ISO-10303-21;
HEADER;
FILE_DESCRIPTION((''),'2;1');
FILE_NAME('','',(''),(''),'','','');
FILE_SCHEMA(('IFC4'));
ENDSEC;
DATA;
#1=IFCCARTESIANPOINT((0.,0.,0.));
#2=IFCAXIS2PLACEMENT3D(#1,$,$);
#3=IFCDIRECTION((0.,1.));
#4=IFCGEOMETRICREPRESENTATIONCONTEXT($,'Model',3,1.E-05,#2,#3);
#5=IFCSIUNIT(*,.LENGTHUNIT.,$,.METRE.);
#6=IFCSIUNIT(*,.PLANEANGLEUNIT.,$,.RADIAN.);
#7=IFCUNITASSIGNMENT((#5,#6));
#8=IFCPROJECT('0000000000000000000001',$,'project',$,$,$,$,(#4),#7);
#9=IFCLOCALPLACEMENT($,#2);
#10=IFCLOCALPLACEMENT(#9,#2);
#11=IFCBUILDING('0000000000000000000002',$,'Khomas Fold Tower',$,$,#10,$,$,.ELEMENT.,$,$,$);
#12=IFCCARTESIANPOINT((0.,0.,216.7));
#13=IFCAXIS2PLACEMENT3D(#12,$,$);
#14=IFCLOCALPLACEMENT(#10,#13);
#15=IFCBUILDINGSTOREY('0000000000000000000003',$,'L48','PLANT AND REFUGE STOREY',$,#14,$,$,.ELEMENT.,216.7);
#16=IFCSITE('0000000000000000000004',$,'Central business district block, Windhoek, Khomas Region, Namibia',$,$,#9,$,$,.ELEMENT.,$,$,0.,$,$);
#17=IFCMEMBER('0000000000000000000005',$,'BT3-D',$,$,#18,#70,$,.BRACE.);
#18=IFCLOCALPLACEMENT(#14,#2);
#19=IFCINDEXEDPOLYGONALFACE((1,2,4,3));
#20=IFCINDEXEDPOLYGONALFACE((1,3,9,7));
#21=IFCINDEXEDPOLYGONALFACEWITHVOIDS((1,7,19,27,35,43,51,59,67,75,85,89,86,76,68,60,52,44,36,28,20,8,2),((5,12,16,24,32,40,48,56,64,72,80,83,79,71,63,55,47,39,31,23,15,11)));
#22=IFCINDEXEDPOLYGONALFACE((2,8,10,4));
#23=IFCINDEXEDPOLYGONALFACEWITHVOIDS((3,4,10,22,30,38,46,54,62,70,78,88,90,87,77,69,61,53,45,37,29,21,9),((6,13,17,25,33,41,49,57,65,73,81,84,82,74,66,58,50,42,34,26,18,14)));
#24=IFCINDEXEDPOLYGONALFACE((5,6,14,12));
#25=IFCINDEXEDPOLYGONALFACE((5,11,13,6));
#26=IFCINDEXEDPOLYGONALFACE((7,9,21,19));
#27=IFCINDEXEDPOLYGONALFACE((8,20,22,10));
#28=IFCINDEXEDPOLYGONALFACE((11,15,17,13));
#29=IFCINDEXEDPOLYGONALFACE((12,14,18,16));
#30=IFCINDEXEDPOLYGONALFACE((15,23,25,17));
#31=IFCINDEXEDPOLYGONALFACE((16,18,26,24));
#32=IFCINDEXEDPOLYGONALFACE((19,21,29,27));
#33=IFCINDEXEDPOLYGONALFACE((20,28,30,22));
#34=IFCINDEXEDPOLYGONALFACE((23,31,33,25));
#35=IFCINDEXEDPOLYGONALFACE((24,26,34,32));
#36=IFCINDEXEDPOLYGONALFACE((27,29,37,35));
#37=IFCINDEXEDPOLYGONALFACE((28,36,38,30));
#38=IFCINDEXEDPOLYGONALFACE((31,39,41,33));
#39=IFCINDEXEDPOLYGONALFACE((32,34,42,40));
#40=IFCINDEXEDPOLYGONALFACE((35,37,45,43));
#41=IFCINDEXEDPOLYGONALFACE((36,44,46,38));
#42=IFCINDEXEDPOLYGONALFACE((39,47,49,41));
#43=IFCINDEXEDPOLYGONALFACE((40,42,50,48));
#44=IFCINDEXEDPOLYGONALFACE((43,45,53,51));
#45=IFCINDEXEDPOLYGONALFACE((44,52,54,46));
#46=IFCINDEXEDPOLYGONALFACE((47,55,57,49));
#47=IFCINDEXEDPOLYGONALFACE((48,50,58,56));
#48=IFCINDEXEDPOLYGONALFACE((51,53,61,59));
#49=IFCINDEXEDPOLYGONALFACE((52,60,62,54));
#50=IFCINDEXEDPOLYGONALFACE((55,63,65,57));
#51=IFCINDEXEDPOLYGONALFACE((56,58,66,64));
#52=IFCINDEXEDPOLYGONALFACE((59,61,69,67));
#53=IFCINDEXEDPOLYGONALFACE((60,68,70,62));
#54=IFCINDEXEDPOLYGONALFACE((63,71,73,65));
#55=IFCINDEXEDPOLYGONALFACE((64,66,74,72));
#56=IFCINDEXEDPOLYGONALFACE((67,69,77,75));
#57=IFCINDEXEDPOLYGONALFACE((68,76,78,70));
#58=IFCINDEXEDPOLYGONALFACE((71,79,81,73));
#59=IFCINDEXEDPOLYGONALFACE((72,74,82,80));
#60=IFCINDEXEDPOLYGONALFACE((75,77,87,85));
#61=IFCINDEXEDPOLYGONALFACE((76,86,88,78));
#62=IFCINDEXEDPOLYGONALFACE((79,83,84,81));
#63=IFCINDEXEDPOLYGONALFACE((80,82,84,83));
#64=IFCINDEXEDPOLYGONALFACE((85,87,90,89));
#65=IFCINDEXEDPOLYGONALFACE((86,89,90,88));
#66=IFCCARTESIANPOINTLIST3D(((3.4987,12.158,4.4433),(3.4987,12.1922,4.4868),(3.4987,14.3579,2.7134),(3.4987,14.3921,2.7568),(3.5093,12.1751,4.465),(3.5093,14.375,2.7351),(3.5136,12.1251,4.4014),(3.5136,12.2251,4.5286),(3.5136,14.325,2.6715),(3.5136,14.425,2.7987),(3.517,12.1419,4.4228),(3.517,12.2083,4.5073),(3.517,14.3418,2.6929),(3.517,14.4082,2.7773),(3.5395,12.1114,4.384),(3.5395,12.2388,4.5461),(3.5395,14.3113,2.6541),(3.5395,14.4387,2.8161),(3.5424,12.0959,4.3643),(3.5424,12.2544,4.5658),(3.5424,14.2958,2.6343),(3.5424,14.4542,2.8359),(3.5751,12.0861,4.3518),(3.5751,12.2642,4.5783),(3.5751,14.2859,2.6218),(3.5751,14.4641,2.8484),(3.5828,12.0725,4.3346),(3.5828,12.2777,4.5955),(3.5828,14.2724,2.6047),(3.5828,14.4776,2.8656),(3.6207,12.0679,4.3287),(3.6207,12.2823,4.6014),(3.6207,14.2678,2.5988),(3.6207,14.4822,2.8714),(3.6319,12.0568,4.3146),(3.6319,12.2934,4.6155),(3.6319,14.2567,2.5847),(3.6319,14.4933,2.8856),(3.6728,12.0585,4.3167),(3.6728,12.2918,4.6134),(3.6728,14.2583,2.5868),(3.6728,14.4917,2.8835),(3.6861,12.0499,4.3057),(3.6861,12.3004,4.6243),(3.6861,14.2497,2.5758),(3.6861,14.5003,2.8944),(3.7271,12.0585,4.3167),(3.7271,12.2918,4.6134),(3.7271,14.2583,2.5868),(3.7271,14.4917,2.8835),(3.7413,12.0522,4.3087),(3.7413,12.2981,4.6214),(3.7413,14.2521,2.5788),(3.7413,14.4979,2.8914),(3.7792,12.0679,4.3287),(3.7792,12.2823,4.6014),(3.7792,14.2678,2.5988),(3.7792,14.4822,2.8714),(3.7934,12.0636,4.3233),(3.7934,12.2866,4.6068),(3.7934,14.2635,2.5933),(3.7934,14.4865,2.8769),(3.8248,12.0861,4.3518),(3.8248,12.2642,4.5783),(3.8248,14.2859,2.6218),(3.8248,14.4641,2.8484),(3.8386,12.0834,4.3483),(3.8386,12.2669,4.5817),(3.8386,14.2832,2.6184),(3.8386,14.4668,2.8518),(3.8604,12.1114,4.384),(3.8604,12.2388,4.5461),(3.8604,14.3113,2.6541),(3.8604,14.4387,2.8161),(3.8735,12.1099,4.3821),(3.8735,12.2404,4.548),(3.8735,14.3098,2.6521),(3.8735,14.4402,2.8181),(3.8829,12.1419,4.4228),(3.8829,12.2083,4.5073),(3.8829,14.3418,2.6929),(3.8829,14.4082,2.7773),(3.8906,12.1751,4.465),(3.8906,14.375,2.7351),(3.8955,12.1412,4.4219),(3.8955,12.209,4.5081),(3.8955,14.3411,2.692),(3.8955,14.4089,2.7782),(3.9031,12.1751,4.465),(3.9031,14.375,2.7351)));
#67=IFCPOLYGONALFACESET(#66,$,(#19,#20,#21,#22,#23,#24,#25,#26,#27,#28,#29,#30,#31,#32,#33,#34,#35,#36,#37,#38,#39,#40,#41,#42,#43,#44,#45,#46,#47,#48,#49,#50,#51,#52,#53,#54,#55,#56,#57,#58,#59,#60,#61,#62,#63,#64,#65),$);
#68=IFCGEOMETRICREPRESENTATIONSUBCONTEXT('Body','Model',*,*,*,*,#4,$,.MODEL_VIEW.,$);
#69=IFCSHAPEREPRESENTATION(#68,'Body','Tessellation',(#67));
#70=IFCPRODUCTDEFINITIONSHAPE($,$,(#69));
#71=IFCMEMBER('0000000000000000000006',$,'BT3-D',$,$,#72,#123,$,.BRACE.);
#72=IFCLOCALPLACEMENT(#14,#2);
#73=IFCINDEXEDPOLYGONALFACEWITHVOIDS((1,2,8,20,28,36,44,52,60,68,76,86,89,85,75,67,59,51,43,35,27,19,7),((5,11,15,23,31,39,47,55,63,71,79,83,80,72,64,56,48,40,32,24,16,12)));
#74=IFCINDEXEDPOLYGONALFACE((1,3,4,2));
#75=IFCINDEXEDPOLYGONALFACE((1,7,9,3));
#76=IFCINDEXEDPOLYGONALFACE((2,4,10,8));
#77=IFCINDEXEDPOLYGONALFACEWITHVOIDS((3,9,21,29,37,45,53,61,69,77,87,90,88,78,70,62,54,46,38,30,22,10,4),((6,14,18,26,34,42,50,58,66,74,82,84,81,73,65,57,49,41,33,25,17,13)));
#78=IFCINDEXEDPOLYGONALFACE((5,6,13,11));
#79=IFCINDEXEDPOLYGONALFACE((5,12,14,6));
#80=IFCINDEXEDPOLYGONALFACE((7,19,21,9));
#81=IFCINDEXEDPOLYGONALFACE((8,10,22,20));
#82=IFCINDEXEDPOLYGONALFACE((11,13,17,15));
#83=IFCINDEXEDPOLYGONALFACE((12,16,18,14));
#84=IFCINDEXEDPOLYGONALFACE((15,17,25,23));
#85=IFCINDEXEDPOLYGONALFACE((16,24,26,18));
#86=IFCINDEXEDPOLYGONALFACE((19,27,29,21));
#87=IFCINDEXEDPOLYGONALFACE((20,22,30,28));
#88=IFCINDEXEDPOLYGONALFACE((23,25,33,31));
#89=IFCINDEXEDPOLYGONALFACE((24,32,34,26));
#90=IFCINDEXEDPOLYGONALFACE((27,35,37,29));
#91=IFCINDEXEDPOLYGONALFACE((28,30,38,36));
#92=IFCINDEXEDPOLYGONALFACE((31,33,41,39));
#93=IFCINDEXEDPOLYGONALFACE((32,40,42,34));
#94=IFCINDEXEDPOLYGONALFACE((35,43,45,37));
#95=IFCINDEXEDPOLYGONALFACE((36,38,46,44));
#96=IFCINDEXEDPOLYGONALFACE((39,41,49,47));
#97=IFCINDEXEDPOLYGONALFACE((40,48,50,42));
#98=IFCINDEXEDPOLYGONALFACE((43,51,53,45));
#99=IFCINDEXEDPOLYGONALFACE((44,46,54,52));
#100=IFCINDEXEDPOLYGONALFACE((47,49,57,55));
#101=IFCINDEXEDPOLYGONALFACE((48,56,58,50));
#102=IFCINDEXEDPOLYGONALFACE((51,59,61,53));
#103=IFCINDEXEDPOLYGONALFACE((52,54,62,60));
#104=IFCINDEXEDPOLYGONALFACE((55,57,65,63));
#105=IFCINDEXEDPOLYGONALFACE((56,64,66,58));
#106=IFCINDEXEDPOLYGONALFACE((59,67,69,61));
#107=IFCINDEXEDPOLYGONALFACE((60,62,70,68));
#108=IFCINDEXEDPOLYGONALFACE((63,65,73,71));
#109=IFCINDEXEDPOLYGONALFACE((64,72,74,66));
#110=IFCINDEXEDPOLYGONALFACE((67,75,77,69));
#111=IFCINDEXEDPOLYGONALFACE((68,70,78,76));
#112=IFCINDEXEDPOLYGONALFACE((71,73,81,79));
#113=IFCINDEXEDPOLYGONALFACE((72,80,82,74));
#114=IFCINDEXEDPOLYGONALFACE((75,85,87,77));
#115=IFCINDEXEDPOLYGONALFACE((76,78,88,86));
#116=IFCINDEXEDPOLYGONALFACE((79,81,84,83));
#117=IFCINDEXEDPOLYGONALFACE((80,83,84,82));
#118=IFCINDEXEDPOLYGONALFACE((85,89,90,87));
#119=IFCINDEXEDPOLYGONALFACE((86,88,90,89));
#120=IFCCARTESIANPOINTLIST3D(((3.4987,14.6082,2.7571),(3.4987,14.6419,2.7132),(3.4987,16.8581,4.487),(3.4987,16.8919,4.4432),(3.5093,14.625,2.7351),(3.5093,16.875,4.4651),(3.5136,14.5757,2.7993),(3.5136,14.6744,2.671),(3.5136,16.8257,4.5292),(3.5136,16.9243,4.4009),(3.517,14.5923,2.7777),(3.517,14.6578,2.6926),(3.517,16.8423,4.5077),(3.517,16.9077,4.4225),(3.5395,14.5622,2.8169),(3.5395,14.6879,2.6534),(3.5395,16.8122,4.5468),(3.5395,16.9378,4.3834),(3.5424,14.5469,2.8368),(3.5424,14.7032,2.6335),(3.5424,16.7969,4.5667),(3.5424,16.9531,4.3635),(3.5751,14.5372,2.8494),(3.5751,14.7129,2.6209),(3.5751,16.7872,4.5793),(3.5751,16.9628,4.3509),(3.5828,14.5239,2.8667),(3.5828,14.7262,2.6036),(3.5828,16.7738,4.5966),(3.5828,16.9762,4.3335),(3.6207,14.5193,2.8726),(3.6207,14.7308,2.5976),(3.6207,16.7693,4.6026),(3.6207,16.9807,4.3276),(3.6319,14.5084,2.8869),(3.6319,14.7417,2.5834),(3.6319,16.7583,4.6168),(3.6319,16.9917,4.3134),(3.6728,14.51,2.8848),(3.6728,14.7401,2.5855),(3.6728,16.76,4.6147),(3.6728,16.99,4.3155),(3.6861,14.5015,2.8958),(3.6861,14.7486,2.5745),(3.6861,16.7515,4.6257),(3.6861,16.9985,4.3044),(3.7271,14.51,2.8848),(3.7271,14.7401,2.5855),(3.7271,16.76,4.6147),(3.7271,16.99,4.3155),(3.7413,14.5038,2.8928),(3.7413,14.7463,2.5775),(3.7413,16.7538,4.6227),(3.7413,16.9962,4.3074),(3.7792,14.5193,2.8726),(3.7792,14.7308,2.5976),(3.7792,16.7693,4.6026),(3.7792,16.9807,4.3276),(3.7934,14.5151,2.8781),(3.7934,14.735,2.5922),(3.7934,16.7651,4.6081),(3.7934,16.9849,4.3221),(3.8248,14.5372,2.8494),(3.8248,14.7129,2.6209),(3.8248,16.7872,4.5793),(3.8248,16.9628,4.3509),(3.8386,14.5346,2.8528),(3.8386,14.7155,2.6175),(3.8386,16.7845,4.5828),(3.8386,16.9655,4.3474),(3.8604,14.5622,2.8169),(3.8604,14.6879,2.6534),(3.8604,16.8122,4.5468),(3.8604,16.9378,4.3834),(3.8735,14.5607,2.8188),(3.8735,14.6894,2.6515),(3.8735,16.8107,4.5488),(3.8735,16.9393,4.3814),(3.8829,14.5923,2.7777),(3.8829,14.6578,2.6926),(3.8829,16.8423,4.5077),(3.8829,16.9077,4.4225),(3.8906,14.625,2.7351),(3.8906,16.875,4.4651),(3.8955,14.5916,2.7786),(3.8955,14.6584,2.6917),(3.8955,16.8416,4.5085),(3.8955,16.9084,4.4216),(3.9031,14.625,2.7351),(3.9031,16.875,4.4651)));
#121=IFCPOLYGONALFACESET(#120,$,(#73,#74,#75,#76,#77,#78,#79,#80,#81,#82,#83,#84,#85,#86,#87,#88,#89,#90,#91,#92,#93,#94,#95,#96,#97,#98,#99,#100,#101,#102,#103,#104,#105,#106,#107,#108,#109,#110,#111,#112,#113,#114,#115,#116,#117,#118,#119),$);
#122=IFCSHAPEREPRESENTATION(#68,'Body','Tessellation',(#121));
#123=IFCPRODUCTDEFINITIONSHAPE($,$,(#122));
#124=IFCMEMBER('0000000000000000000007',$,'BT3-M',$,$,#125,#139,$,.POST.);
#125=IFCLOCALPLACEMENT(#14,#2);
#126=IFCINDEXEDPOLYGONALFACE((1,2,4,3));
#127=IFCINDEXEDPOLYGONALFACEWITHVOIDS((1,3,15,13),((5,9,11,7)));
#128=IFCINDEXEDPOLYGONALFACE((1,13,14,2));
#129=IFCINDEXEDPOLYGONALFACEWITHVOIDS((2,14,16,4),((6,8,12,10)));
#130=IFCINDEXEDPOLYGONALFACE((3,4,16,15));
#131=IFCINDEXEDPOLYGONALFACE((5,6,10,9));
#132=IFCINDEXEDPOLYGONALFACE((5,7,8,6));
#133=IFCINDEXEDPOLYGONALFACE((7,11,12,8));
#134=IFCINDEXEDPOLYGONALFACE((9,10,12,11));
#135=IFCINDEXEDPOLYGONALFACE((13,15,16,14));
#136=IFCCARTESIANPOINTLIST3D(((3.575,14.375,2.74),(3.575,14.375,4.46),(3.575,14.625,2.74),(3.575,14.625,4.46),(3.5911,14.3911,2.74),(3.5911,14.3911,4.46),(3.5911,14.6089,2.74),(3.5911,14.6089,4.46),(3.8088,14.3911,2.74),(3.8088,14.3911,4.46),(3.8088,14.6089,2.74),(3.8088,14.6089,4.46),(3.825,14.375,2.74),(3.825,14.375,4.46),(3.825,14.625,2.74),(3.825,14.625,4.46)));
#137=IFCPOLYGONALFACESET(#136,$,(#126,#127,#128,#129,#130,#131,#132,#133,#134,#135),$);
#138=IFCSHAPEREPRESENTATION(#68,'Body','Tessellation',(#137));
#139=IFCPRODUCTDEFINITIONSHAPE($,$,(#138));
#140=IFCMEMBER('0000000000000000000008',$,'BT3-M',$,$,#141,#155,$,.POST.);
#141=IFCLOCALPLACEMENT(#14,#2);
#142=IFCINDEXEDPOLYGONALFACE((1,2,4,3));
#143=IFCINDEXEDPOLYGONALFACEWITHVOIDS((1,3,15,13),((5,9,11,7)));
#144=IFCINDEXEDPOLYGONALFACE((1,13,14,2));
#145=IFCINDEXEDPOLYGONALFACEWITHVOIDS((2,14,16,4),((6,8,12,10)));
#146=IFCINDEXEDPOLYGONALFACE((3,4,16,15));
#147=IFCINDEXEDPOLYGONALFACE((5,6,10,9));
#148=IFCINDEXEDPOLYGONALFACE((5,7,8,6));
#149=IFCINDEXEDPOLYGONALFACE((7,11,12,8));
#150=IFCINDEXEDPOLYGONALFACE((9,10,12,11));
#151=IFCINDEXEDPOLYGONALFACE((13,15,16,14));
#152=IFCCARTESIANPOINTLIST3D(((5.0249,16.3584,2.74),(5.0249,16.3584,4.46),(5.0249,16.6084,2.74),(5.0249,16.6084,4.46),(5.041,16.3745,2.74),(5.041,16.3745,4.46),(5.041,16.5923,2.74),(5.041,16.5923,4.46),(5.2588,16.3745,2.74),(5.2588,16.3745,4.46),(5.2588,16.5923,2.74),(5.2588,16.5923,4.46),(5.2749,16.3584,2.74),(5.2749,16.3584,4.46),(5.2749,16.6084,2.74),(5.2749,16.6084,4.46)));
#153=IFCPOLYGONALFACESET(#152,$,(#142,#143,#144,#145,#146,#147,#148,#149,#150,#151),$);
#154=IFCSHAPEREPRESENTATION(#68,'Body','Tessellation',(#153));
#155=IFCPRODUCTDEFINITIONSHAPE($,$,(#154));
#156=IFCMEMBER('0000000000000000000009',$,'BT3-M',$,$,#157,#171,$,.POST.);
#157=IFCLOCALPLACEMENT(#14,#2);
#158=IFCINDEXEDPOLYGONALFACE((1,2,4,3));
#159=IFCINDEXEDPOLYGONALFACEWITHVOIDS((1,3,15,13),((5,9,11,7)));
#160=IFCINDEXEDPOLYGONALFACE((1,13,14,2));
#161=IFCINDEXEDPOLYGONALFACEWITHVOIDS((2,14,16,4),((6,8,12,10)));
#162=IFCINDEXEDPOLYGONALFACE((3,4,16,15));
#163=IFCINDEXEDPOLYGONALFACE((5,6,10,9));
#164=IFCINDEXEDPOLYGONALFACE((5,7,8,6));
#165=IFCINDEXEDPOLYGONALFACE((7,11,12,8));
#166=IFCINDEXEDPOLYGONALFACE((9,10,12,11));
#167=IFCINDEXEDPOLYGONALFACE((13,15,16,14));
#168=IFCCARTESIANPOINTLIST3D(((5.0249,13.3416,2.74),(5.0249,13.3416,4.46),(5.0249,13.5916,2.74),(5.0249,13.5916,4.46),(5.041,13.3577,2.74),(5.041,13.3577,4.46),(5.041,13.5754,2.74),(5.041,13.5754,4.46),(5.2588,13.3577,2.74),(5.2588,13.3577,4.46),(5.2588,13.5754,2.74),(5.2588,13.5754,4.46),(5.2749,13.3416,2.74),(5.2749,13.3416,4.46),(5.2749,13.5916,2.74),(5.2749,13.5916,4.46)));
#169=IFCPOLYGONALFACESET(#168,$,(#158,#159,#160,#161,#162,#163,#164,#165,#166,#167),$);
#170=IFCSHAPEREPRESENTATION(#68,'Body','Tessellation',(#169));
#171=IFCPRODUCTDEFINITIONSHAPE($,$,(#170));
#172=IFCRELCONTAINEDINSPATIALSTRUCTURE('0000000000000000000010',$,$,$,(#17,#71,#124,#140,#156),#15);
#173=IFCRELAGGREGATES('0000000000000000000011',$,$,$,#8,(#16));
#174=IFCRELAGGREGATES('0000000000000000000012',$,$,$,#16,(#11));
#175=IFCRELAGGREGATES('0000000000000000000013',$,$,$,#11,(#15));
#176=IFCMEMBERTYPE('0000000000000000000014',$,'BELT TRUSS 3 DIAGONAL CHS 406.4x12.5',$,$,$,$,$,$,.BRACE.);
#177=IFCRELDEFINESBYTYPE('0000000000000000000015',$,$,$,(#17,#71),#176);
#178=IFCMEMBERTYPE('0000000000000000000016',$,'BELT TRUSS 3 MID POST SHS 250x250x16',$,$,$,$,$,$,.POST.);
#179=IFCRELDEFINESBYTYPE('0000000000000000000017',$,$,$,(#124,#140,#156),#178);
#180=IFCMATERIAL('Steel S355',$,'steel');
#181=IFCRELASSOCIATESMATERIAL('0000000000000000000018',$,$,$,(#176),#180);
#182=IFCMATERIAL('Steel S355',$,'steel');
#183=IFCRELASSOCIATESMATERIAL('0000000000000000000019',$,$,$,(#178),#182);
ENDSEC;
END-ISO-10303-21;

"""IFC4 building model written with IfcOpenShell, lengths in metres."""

from ifc_helpers import new_model, si_unit, direction, frame, origin, origin_2d, place, context, subcontext, project, spatial, hollow_rectangle, hollow_circle, extrude, source, transform, mapped, material, material_profile, profile_set, type_object, element, save


model = new_model("IFC4")

# Units and contexts
model_context = context("Model", 3, precision=1e-05, world=origin(), true_north=direction((0.0, 1.0)))
body_context = subcontext(model_context, "Body", "Model", "MODEL_VIEW")
ifc_project = project(units=[si_unit("LENGTHUNIT", "METRE"), si_unit("PLANEANGLEUNIT", "RADIAN")], contexts=[model_context])

# Site, building, storey
site_placement = place(None, origin())
site = spatial("IfcSite", under=ifc_project, at=site_placement, Name="Central business district block, Windhoek, Khomas Region, Namibia", CompositionType="ELEMENT", RefElevation=0.0)
building_placement = place(site_placement, origin())
building = spatial("IfcBuilding", under=site, at=building_placement, Name="Khomas Fold Tower", CompositionType="ELEMENT")
storey_placement = place(building_placement, frame((0.0, 0.0, 216.7)))
storey = spatial("IfcBuildingStorey", under=building, at=storey_placement, Name="L48", Description="PLANT AND REFUGE STOREY", CompositionType="ELEMENT", Elevation=216.7)

# Members
ifc_material_1 = material(Name="Steel S355", Category="steel")
ifc_material_profile_1 = material_profile(ifc_material_1, hollow_circle(Radius=0.2031, WallThickness=0.0125, at=origin_2d()), Name="CHS 406.4x12.5")
ifc_profile_set_1 = profile_set([ifc_material_profile_1], Name="Steel S355")
member_type_1 = type_object("IfcMemberType", Name="BELT TRUSS 3 DIAGONAL CHS 406.4x12.5", PredefinedType="BRACE", material=ifc_profile_set_1)
shared_shape_1 = source(origin(), body_context, "Body", "SweptSolid", [
    extrude(hollow_circle(Radius=0.2031, WallThickness=0.0125, at=origin_2d()), origin(), (0.0, 0.0, 1.0), 2.7986),
])
member_1_placement = place(storey_placement, frame((3.7, 14.375, 2.7351), z_axis=(0.0, -0.786067, 0.618141), x_axis=(1.0, 0.0, 0.0)))
element("IfcMember", 1, at=member_1_placement, inside=storey, type_object=member_type_1, Name="BT3-D", PredefinedType="BRACE", context=body_context, shape_type="MappedRepresentation", body=[
    mapped(shared_shape_1, transform((0.0, 0.0, 0.0))),
])
shared_shape_2 = source(origin(), body_context, "Body", "SweptSolid", [
    extrude(hollow_circle(Radius=0.2031, WallThickness=0.0125, at=origin_2d()), origin(), (0.0, 0.0, 1.0), 2.8381),
])
member_2_placement = place(storey_placement, frame((3.7, 16.875, 4.4651), z_axis=(0.0, -0.792758, -0.609536), x_axis=(1.0, 0.0, 0.0)))
element("IfcMember", 2, at=member_2_placement, inside=storey, type_object=member_type_1, Name="BT3-D", PredefinedType="BRACE", context=body_context, shape_type="MappedRepresentation", body=[
    mapped(shared_shape_2, transform((0.0, 0.0, 0.0))),
])
ifc_material_2 = material(Name="Steel S355", Category="steel")
ifc_material_profile_2 = material_profile(ifc_material_2, hollow_rectangle(XDim=0.25, YDim=0.25, WallThickness=0.0161, at=origin_2d()), Name="SHS 250x250x16")
ifc_profile_set_2 = profile_set([ifc_material_profile_2], Name="Steel S355")
member_type_2 = type_object("IfcMemberType", Name="BELT TRUSS 3 MID POST SHS 250x250x16", PredefinedType="POST", material=ifc_profile_set_2)
shared_shape_3 = source(origin(), body_context, "Body", "SweptSolid", [
    extrude(hollow_rectangle(XDim=0.25, YDim=0.25, WallThickness=0.0161, at=origin_2d()), origin(), (0.0, 0.0, 1.0), 1.72),
])
for number, where, z_axis, x_axis, name in (
    (3, (3.7, 14.5, 2.74), (0.0, 0.0, 1.0), (1.0, 0.0, 0.0), "BT3-M"),
    (4, (5.1499, 16.4834, 2.74), (0.0, 0.0, 1.0), (1.0, 0.0, 0.0), "BT3-M"),
    (5, (5.1499, 13.4666, 2.74), (0.0, 0.0, 1.0), (1.0, 0.0, 0.0), "BT3-M"),
):
    element("IfcMember", number, at=place(storey_placement, frame(where, z_axis=z_axis, x_axis=x_axis)), inside=storey, type_object=member_type_2, Name=name, PredefinedType="POST", context=body_context, shape_type="MappedRepresentation", body=[
        mapped(shared_shape_3, transform((0.0, 0.0, 0.0))),
    ])

save(model, "model.ifc")
